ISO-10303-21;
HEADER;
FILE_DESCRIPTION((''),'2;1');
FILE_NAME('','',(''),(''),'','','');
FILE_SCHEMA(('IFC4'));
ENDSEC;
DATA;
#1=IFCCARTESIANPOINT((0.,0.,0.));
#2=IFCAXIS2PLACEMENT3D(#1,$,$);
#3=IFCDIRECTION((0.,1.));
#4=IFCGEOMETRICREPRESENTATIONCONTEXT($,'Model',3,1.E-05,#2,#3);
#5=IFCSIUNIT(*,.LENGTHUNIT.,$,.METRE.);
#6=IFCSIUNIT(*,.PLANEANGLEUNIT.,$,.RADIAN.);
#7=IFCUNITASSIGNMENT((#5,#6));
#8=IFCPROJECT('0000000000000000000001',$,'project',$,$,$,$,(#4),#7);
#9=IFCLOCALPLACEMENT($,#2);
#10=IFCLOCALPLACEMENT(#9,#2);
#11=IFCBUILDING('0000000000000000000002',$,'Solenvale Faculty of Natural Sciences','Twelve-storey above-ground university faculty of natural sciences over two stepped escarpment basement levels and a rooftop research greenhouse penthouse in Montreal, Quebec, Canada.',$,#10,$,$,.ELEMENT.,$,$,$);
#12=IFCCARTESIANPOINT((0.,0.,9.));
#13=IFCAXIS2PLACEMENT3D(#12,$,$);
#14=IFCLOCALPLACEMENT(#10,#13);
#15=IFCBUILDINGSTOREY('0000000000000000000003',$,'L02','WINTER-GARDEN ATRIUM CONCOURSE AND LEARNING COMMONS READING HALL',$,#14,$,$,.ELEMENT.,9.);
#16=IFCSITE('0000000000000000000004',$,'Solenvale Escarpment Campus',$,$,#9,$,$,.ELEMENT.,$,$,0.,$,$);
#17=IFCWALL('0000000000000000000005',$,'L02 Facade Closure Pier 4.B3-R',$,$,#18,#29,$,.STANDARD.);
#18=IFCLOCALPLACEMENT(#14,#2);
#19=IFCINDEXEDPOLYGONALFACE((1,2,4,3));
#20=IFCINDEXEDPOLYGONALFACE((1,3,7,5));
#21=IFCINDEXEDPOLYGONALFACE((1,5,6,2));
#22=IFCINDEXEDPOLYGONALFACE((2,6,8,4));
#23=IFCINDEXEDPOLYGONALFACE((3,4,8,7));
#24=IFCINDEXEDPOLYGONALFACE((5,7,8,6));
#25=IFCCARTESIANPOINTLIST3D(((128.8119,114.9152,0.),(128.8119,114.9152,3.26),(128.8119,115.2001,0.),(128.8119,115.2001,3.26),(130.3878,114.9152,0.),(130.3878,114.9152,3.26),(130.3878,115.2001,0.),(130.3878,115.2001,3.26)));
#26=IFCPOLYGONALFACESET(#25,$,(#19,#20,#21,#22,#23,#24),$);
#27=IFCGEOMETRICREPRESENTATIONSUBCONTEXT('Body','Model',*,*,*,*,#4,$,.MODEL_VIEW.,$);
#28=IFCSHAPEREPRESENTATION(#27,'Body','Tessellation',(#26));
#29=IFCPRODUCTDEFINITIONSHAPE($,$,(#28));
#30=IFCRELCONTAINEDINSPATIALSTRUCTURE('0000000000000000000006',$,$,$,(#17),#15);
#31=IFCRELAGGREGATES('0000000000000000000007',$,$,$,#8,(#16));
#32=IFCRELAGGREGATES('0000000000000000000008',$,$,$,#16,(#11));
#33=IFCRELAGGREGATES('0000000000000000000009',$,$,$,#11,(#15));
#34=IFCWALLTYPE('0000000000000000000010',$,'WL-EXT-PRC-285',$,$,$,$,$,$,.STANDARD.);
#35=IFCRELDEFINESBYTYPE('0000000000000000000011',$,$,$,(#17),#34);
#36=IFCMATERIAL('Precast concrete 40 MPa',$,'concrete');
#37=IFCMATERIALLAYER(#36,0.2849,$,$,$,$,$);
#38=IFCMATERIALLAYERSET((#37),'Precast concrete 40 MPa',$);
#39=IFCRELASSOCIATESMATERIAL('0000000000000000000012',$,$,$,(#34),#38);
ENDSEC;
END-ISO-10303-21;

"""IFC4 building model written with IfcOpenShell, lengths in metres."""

from ifc_helpers import new_model, si_unit, direction, frame, frame_2d, origin, place, context, subcontext, project, spatial, rectangle, extrude, material, layer, layer_set, type_object, element, save


model = new_model("IFC4")

# Units and contexts
model_context = context("Model", 3, precision=1e-05, world=origin(), true_north=direction((0.0, 1.0)))
body_context = subcontext(model_context, "Body", "Model", "MODEL_VIEW")
ifc_project = project(units=[si_unit("LENGTHUNIT", "METRE"), si_unit("PLANEANGLEUNIT", "RADIAN")], contexts=[model_context])

# Site, building, storey
site_placement = place(None, origin())
site = spatial("IfcSite", under=ifc_project, at=site_placement, Name="Solenvale Escarpment Campus", CompositionType="ELEMENT", RefElevation=0.0)
building_placement = place(site_placement, origin())
building = spatial("IfcBuilding", under=site, at=building_placement, Name="Solenvale Faculty of Natural Sciences", Description="Twelve-storey above-ground university faculty of natural sciences over two stepped escarpment basement levels and a rooftop research greenhouse penthouse in Montreal, Quebec, Canada.", CompositionType="ELEMENT")
storey_placement = place(building_placement, frame((0.0, 0.0, 9.0)))
storey = spatial("IfcBuildingStorey", under=building, at=storey_placement, Name="L02", Description="WINTER-GARDEN ATRIUM CONCOURSE AND LEARNING COMMONS READING HALL", CompositionType="ELEMENT", Elevation=9.0)

# Shared definitions
ifc_material_1 = material(Name="Precast concrete 40 MPa", Category="concrete")

# Wall
ifc_layer_1 = layer(ifc_material_1, 0.2849)
ifc_layer_set_1 = layer_set([ifc_layer_1], Name="Precast concrete 40 MPa")
wall_type = type_object("IfcWallType", Name="WL-EXT-PRC-285", PredefinedType="STANDARD", material=ifc_layer_set_1)
wall_placement = place(storey_placement, frame((130.3879, 115.0576, 0.0), z_axis=(0.0, 0.0, 1.0), x_axis=(-1.0, 0.0, 0.0)))
element("IfcWall", 1, at=wall_placement, inside=storey, type_object=wall_type, Name="L02 Facade Closure Pier 4.B3-R", PredefinedType="STANDARD", context=body_context, shape_type="SweptSolid", body=[
    extrude(rectangle(XDim=1.5759, YDim=0.2849, at=frame_2d((0.7881, 0.0))), origin(), (0.0, 0.0, 1.0), 3.26),
])

save(model, "model.ifc")
